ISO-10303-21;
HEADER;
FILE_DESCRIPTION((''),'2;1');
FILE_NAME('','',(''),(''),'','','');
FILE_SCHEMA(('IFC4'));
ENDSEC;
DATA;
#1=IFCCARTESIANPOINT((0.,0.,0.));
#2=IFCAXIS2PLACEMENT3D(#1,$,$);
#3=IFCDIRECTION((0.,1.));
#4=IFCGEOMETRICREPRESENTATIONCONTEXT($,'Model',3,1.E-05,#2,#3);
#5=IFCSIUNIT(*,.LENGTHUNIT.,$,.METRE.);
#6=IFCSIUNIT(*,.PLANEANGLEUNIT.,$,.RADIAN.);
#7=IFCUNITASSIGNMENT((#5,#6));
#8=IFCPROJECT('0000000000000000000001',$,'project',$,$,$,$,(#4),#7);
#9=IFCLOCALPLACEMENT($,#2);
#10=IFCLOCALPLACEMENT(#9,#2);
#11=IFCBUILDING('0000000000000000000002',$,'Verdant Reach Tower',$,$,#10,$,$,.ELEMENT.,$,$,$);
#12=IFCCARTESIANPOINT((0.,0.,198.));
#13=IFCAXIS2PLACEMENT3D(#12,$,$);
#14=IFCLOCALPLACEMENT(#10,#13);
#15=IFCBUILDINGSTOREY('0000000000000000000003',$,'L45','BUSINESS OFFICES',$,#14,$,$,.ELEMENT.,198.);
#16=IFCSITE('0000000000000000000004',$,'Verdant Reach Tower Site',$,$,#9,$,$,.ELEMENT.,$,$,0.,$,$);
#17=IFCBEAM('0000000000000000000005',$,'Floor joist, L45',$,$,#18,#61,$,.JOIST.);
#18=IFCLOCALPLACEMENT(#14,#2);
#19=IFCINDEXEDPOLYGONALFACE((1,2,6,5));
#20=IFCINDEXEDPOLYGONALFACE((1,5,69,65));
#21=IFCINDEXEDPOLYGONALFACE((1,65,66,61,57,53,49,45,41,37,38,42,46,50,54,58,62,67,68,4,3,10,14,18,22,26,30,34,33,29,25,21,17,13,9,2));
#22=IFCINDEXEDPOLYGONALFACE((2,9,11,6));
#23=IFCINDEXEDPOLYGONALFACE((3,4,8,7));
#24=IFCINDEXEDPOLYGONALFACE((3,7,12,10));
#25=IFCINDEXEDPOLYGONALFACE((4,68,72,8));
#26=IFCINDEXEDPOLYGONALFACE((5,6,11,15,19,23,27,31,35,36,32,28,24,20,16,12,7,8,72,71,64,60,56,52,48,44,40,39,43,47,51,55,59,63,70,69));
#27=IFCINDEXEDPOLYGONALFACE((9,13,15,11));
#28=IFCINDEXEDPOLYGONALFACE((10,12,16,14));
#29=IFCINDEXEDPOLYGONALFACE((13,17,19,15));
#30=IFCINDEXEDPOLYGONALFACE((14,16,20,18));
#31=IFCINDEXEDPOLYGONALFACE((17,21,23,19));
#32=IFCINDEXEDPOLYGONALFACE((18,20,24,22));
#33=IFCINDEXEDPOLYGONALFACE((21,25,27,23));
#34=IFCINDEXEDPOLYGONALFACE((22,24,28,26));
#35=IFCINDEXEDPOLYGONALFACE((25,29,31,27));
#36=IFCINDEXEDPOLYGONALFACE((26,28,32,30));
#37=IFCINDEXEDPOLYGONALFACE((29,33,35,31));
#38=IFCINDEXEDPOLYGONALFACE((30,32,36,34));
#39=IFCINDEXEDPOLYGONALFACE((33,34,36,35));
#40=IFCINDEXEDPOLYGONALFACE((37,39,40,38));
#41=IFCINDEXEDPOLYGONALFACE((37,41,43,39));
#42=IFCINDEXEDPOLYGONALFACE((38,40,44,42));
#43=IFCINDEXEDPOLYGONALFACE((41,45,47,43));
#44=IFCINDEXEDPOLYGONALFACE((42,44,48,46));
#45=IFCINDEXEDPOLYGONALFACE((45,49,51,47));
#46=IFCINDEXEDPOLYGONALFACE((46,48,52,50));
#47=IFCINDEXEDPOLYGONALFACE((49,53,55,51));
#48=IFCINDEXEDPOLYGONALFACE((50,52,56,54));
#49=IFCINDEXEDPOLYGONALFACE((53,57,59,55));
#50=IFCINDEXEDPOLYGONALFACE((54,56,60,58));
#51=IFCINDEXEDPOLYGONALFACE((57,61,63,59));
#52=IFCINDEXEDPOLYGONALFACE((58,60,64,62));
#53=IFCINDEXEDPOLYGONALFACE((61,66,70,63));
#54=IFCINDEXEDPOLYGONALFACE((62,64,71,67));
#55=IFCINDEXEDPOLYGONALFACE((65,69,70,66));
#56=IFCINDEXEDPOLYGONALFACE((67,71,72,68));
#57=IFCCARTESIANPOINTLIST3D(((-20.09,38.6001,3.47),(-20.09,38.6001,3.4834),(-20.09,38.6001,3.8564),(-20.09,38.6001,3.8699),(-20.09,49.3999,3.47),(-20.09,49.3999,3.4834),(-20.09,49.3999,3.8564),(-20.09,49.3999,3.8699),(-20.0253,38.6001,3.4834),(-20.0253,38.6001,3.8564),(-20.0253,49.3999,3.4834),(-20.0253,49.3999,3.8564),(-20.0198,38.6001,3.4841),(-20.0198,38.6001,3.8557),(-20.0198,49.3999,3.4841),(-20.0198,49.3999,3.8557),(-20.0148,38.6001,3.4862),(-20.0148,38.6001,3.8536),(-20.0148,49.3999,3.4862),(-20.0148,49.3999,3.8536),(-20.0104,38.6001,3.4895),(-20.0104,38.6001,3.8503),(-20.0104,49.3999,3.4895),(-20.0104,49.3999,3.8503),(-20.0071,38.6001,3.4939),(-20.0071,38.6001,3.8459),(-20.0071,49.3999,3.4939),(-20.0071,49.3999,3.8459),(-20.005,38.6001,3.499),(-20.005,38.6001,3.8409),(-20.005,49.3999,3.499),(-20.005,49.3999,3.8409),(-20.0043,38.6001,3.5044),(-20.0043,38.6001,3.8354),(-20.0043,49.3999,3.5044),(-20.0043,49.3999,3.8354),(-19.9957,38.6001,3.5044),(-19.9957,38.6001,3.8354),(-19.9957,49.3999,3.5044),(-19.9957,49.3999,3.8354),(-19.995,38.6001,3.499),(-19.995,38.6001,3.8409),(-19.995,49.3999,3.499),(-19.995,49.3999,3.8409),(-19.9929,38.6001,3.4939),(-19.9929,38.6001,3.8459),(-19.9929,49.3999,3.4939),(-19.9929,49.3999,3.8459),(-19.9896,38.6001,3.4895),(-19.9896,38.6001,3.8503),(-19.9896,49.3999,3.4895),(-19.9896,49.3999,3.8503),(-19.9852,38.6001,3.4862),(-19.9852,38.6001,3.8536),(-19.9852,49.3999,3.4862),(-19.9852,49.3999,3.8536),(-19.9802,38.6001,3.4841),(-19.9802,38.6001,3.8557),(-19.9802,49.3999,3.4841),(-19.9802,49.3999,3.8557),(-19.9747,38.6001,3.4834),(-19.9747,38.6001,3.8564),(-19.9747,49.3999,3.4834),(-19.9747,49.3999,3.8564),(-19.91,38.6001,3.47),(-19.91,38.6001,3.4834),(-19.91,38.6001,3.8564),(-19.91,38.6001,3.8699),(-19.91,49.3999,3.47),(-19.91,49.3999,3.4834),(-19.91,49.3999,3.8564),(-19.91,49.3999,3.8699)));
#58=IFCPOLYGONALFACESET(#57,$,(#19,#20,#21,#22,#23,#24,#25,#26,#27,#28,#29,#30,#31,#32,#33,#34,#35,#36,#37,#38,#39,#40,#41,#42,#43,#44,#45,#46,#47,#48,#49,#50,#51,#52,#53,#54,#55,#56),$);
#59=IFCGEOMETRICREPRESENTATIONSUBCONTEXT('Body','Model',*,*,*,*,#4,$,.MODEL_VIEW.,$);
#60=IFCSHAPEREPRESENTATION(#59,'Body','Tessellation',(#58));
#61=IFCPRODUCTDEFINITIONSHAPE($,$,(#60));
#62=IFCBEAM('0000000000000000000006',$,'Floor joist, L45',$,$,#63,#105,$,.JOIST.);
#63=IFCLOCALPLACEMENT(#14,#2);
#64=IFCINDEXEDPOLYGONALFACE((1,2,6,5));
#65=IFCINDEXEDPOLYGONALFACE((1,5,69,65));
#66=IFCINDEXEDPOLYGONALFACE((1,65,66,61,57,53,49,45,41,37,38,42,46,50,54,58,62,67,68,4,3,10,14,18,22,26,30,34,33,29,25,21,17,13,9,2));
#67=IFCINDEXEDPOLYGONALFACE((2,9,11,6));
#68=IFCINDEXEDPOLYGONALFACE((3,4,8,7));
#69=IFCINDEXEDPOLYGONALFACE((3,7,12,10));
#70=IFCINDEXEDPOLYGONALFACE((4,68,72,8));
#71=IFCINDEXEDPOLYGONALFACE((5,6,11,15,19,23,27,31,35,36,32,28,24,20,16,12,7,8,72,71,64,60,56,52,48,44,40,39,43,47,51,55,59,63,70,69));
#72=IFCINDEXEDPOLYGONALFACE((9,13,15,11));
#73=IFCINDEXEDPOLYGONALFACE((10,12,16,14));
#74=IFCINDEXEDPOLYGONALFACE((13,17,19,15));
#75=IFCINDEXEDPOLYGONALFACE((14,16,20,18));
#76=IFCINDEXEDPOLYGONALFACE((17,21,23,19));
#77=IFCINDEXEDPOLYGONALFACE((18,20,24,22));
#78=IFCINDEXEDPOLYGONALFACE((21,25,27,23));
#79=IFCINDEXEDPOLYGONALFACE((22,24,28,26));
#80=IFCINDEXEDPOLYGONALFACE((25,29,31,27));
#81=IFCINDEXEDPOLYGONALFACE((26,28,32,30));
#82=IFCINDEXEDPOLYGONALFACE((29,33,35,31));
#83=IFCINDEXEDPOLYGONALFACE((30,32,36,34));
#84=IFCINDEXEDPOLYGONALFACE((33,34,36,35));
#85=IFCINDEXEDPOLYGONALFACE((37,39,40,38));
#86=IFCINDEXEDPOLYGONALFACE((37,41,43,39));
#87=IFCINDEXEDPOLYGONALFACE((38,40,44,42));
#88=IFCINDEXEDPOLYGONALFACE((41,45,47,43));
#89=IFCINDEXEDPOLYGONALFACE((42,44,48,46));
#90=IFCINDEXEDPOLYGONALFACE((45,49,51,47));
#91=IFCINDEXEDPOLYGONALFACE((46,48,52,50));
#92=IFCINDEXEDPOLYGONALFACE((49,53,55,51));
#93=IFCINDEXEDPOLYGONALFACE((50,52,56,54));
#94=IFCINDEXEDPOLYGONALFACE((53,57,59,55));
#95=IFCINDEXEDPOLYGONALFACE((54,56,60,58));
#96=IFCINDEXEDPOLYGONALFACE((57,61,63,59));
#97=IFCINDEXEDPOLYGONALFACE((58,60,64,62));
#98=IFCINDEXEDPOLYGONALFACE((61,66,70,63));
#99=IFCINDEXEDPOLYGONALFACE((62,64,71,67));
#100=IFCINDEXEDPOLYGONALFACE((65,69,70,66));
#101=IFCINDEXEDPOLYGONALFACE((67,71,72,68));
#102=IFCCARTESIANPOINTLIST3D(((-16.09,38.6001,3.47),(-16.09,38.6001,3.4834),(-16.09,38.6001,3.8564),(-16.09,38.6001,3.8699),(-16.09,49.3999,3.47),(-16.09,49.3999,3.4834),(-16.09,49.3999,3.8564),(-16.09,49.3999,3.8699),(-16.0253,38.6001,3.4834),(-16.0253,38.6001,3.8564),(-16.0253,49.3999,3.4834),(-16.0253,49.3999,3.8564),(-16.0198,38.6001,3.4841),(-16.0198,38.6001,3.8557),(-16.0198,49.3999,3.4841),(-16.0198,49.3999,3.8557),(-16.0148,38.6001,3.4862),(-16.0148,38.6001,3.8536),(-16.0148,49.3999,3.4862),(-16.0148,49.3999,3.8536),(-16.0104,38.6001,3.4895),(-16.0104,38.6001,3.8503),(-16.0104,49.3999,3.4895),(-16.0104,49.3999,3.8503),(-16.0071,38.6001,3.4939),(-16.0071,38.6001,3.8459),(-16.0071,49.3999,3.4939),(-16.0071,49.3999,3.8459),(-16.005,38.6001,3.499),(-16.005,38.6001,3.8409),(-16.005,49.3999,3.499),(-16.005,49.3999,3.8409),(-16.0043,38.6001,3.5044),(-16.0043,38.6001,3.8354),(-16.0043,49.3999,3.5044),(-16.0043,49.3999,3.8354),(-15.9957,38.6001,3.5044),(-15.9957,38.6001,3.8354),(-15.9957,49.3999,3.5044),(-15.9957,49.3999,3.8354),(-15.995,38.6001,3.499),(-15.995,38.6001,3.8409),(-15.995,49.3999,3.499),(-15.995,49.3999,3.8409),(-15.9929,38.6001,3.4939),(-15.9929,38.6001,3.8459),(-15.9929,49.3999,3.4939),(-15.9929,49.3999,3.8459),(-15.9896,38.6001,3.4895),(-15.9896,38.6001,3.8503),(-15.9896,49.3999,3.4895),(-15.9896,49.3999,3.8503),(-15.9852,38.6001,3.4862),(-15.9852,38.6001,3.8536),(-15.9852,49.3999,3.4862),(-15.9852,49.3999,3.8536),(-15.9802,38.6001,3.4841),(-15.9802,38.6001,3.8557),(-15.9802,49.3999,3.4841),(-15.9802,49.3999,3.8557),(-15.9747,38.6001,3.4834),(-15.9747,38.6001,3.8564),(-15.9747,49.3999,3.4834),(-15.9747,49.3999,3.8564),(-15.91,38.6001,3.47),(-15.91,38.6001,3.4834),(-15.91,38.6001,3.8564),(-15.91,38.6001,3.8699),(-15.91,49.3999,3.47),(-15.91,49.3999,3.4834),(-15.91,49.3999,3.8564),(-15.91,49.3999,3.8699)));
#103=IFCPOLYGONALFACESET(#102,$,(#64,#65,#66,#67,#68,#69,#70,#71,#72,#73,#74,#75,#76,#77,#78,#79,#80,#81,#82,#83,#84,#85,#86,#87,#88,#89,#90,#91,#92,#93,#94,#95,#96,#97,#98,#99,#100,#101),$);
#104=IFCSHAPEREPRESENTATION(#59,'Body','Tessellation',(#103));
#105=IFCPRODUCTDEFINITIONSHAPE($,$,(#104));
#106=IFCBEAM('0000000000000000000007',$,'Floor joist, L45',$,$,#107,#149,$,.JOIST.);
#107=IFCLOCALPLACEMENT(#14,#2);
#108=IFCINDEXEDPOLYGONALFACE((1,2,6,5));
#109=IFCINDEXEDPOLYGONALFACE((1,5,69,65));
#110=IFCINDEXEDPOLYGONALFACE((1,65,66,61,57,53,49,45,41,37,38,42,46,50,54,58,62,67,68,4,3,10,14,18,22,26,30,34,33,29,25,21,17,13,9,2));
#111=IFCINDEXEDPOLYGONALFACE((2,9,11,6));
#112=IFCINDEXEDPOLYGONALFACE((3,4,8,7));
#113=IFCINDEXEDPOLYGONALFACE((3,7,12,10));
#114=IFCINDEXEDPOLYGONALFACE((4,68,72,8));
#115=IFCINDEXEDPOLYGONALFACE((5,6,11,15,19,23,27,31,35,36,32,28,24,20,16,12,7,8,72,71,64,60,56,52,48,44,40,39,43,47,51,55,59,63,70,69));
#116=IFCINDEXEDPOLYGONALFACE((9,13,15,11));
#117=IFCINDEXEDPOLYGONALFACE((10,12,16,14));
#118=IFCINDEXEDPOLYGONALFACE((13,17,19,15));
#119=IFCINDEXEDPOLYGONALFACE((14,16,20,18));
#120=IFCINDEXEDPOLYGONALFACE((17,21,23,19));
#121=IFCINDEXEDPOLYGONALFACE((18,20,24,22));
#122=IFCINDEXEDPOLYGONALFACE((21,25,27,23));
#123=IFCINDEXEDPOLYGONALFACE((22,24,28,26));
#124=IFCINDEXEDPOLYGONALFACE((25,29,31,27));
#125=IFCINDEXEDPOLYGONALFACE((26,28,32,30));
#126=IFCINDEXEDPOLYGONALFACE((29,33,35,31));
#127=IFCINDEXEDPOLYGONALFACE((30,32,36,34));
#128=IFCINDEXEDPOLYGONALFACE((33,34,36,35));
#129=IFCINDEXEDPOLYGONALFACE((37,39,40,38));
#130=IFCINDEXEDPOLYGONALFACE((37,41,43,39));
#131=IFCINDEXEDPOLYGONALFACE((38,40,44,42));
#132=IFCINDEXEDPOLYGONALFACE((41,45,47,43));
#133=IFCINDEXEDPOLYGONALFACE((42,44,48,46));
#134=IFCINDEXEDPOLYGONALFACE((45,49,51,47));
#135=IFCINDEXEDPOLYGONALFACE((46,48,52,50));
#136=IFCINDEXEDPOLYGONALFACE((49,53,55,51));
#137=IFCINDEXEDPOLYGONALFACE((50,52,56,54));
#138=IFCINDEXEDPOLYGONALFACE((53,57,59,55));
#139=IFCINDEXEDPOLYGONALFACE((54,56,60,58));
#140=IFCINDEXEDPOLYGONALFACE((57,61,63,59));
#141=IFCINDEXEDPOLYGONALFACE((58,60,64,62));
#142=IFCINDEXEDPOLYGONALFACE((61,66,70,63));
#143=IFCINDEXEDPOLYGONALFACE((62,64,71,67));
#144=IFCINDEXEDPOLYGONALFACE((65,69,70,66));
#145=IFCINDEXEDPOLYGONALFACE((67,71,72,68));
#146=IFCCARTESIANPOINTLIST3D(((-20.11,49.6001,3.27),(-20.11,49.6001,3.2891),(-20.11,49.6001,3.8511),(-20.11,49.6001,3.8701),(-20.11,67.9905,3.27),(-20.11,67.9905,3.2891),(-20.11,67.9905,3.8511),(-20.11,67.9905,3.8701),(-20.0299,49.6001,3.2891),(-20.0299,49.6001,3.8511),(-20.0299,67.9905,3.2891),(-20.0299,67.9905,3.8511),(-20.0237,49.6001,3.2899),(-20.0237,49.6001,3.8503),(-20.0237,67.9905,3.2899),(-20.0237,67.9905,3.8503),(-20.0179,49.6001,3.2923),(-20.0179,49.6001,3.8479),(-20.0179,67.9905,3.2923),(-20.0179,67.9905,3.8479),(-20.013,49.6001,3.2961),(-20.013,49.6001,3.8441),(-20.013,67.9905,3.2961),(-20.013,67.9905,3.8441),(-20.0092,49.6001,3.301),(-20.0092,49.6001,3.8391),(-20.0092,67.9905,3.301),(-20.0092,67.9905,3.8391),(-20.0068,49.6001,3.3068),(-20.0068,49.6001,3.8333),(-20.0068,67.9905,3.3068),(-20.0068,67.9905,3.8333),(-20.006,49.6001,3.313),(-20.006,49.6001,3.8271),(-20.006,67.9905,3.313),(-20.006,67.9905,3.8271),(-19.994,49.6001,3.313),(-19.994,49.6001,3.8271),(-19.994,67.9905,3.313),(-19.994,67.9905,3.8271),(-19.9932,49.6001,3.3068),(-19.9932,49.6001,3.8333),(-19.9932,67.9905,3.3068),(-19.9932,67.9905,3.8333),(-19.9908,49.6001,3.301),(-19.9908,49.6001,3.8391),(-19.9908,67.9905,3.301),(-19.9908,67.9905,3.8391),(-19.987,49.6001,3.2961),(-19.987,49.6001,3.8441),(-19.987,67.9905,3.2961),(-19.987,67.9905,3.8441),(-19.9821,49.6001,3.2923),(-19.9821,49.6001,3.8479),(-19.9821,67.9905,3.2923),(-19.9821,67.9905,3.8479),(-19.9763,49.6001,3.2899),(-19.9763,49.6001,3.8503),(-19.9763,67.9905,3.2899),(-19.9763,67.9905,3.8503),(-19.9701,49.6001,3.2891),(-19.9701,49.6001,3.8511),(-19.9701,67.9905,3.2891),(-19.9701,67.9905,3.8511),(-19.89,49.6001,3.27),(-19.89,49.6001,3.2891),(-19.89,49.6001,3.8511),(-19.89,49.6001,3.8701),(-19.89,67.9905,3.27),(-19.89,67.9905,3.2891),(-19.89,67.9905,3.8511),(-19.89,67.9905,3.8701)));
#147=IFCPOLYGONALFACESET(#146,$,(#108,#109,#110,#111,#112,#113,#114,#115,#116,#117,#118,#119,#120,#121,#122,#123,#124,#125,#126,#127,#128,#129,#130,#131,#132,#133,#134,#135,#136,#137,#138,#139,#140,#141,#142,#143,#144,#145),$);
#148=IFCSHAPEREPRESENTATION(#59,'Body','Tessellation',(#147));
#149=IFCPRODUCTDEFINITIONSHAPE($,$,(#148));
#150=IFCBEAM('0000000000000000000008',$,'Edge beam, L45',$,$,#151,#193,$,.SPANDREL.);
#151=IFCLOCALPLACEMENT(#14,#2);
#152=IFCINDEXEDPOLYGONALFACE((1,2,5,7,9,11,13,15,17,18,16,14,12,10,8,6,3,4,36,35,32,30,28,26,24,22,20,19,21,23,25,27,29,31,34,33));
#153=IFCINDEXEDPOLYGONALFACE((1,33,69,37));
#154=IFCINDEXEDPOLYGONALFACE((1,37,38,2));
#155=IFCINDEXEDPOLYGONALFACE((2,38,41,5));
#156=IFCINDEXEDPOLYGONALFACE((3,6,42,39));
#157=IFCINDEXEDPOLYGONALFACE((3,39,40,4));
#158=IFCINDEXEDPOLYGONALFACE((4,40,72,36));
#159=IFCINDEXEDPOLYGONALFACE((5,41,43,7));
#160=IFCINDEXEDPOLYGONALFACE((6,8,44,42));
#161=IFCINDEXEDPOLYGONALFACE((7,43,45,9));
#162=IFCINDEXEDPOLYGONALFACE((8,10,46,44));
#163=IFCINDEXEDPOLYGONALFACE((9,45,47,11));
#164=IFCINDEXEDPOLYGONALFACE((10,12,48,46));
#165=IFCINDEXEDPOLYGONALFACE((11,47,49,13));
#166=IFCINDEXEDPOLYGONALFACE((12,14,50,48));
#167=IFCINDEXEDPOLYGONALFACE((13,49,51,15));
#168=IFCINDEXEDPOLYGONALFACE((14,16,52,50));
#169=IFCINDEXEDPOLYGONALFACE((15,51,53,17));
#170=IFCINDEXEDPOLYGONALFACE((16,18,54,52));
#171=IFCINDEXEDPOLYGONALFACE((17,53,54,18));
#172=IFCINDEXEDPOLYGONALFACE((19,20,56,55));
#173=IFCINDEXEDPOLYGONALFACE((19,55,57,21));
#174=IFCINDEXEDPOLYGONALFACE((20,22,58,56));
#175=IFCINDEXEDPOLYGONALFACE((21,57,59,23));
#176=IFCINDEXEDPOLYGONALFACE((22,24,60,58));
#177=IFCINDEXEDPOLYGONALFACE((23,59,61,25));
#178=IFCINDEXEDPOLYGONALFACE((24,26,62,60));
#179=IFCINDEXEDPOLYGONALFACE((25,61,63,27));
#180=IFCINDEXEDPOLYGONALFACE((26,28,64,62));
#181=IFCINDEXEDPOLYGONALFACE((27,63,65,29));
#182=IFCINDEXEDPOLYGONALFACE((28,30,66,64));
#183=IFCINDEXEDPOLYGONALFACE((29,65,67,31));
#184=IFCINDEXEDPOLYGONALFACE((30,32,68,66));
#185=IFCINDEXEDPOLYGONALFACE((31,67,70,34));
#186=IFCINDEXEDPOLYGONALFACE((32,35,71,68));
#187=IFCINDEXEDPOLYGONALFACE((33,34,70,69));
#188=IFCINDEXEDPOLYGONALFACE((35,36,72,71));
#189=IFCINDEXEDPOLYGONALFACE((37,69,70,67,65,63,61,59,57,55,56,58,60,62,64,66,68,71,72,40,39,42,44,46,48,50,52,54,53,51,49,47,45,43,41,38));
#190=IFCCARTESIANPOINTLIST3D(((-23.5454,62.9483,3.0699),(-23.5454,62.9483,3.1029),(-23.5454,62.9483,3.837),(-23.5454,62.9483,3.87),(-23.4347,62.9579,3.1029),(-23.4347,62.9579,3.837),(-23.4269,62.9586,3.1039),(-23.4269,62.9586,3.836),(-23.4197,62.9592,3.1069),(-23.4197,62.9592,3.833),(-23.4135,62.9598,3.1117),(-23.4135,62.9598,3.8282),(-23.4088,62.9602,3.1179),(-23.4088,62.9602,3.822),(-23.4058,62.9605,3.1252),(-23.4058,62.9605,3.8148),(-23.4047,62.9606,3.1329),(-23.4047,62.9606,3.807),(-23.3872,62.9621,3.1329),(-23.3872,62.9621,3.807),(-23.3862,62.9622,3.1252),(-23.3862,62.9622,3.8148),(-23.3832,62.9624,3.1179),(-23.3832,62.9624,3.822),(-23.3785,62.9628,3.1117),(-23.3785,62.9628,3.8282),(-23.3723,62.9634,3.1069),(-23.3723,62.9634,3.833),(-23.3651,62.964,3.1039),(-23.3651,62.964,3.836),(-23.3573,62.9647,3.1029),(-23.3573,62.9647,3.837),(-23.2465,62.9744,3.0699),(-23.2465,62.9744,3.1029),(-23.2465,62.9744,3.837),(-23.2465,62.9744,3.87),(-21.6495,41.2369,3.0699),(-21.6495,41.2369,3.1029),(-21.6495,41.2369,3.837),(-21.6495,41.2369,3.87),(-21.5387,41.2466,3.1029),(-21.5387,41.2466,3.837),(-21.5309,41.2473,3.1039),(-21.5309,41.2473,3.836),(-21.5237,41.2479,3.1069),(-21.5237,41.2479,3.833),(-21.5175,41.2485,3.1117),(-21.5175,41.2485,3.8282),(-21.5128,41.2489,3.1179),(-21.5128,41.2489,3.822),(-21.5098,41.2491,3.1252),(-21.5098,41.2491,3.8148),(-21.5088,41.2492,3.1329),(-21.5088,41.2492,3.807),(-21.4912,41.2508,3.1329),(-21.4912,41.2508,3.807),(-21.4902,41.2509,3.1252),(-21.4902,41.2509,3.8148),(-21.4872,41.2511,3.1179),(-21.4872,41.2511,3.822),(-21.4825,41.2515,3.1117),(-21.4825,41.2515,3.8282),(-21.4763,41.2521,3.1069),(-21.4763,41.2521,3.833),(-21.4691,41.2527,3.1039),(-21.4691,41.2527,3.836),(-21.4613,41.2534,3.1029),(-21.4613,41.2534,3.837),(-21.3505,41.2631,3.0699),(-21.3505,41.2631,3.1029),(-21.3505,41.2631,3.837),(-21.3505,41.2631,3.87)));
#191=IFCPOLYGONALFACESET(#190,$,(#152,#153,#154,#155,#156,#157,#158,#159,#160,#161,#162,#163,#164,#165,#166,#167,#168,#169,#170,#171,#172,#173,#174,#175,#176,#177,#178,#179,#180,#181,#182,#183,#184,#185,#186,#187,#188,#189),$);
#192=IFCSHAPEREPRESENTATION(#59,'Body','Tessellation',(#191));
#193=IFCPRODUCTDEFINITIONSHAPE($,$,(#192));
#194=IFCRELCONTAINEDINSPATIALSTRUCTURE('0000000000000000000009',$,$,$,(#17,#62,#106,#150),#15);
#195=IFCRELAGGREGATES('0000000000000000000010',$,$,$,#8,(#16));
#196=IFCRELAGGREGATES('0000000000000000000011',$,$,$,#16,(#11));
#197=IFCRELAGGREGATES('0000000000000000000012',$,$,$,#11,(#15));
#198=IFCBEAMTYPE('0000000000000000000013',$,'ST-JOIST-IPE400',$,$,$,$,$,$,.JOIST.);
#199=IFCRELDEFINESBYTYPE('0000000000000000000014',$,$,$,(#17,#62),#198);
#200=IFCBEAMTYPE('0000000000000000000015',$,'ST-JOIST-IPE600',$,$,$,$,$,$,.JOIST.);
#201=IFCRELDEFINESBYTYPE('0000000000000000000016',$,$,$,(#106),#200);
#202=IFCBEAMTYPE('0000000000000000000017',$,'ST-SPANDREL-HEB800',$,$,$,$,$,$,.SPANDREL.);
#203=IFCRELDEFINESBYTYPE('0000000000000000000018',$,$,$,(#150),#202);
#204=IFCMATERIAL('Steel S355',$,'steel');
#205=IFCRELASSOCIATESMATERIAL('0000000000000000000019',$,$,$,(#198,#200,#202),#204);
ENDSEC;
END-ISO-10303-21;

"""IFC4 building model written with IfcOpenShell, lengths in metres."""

from ifc_helpers import new_model, si_unit, direction, frame, origin, origin_2d, place, context, subcontext, project, spatial, i_section, extrude, material, material_profile, profile_set, type_object, element, save


model = new_model("IFC4")

# Units and contexts
model_context = context("Model", 3, precision=1e-05, world=origin(), true_north=direction((0.0, 1.0)))
body_context = subcontext(model_context, "Body", "Model", "MODEL_VIEW")
ifc_project = project(units=[si_unit("LENGTHUNIT", "METRE"), si_unit("PLANEANGLEUNIT", "RADIAN")], contexts=[model_context])

# Site, building, storey
site_placement = place(None, origin())
site = spatial("IfcSite", under=ifc_project, at=site_placement, Name="Verdant Reach Tower Site", CompositionType="ELEMENT", RefElevation=0.0)
building_placement = place(site_placement, origin())
building = spatial("IfcBuilding", under=site, at=building_placement, Name="Verdant Reach Tower", CompositionType="ELEMENT")
storey_placement = place(building_placement, frame((0.0, 0.0, 198.0)))
storey = spatial("IfcBuildingStorey", under=building, at=storey_placement, Name="L45", Description="BUSINESS OFFICES", CompositionType="ELEMENT", Elevation=198.0)

# Beams
ifc_material_1 = material(Name="Steel S355", Category="steel")
ifc_material_profile_1 = material_profile(ifc_material_1, i_section(OverallWidth=0.1799, OverallDepth=0.3999, WebThickness=0.0085, FlangeThickness=0.0134, FilletRadius=0.021, at=origin_2d()), Name="IPE 400")
ifc_profile_set_1 = profile_set([ifc_material_profile_1], Name="Steel S355")
beam_type_1 = type_object("IfcBeamType", Name="ST-JOIST-IPE400", PredefinedType="JOIST", material=ifc_profile_set_1)
for number, where, z_axis, x_axis, name in (
    (1, (-20.0, 38.6001, 3.6699), (0.0, 1.0, 0.0), (-1.0, 0.0, 0.0), "Floor joist, L45"),
    (2, (-16.0, 38.6001, 3.6699), (0.0, 1.0, 0.0), (-1.0, 0.0, 0.0), "Floor joist, L45"),
):
    element("IfcBeam", number, at=place(storey_placement, frame(where, z_axis=z_axis, x_axis=x_axis)), inside=storey, type_object=beam_type_1, Name=name, PredefinedType="JOIST", context=body_context, shape_type="SweptSolid", body=[
        extrude(i_section(OverallWidth=0.1799, OverallDepth=0.3999, WebThickness=0.0085, FlangeThickness=0.0134, FilletRadius=0.021, at=origin_2d()), origin(), (0.0, 0.0, 1.0), 10.7998),
    ])
ifc_material_profile_2 = material_profile(ifc_material_1, i_section(OverallWidth=0.22, OverallDepth=0.6001, WebThickness=0.012, FlangeThickness=0.019, FilletRadius=0.0239, at=origin_2d()), Name="IPE 600")
ifc_profile_set_2 = profile_set([ifc_material_profile_2], Name="Steel S355")
beam_type_2 = type_object("IfcBeamType", Name="ST-JOIST-IPE600", PredefinedType="JOIST", material=ifc_profile_set_2)
beam_1_placement = place(storey_placement, frame((-20.0, 49.6001, 3.5701), z_axis=(0.0, 1.0, 0.0), x_axis=(-1.0, 0.0, 0.0)))
element("IfcBeam", 3, at=beam_1_placement, inside=storey, type_object=beam_type_2, Name="Floor joist, L45", PredefinedType="JOIST", context=body_context, shape_type="SweptSolid", body=[
    extrude(i_section(OverallWidth=0.22, OverallDepth=0.6001, WebThickness=0.012, FlangeThickness=0.019, FilletRadius=0.0239, at=origin_2d()), origin(), (0.0, 0.0, 1.0), 18.3904),
])
ifc_material_profile_3 = material_profile(ifc_material_1, i_section(OverallWidth=0.3, OverallDepth=0.8, WebThickness=0.0176, FlangeThickness=0.033, FilletRadius=0.03, at=origin_2d()), Name="HEB 800")
ifc_profile_set_3 = profile_set([ifc_material_profile_3], Name="Steel S355")
beam_type_3 = type_object("IfcBeamType", Name="ST-SPANDREL-HEB800", PredefinedType="SPANDREL", material=ifc_profile_set_3)
beam_2_placement = place(storey_placement, frame((-21.5, 41.25, 3.47), z_axis=(-0.086996, 0.996209, 0.0), x_axis=(-0.996209, -0.086996, 0.0)))
element("IfcBeam", 4, at=beam_2_placement, inside=storey, type_object=beam_type_3, Name="Edge beam, L45", PredefinedType="SPANDREL", context=body_context, shape_type="SweptSolid", body=[
    extrude(i_section(OverallWidth=0.3, OverallDepth=0.8, WebThickness=0.0176, FlangeThickness=0.033, FilletRadius=0.03, at=origin_2d()), origin(), (0.0, 0.0, 1.0), 21.7939),
])

save(model, "model.ifc")
